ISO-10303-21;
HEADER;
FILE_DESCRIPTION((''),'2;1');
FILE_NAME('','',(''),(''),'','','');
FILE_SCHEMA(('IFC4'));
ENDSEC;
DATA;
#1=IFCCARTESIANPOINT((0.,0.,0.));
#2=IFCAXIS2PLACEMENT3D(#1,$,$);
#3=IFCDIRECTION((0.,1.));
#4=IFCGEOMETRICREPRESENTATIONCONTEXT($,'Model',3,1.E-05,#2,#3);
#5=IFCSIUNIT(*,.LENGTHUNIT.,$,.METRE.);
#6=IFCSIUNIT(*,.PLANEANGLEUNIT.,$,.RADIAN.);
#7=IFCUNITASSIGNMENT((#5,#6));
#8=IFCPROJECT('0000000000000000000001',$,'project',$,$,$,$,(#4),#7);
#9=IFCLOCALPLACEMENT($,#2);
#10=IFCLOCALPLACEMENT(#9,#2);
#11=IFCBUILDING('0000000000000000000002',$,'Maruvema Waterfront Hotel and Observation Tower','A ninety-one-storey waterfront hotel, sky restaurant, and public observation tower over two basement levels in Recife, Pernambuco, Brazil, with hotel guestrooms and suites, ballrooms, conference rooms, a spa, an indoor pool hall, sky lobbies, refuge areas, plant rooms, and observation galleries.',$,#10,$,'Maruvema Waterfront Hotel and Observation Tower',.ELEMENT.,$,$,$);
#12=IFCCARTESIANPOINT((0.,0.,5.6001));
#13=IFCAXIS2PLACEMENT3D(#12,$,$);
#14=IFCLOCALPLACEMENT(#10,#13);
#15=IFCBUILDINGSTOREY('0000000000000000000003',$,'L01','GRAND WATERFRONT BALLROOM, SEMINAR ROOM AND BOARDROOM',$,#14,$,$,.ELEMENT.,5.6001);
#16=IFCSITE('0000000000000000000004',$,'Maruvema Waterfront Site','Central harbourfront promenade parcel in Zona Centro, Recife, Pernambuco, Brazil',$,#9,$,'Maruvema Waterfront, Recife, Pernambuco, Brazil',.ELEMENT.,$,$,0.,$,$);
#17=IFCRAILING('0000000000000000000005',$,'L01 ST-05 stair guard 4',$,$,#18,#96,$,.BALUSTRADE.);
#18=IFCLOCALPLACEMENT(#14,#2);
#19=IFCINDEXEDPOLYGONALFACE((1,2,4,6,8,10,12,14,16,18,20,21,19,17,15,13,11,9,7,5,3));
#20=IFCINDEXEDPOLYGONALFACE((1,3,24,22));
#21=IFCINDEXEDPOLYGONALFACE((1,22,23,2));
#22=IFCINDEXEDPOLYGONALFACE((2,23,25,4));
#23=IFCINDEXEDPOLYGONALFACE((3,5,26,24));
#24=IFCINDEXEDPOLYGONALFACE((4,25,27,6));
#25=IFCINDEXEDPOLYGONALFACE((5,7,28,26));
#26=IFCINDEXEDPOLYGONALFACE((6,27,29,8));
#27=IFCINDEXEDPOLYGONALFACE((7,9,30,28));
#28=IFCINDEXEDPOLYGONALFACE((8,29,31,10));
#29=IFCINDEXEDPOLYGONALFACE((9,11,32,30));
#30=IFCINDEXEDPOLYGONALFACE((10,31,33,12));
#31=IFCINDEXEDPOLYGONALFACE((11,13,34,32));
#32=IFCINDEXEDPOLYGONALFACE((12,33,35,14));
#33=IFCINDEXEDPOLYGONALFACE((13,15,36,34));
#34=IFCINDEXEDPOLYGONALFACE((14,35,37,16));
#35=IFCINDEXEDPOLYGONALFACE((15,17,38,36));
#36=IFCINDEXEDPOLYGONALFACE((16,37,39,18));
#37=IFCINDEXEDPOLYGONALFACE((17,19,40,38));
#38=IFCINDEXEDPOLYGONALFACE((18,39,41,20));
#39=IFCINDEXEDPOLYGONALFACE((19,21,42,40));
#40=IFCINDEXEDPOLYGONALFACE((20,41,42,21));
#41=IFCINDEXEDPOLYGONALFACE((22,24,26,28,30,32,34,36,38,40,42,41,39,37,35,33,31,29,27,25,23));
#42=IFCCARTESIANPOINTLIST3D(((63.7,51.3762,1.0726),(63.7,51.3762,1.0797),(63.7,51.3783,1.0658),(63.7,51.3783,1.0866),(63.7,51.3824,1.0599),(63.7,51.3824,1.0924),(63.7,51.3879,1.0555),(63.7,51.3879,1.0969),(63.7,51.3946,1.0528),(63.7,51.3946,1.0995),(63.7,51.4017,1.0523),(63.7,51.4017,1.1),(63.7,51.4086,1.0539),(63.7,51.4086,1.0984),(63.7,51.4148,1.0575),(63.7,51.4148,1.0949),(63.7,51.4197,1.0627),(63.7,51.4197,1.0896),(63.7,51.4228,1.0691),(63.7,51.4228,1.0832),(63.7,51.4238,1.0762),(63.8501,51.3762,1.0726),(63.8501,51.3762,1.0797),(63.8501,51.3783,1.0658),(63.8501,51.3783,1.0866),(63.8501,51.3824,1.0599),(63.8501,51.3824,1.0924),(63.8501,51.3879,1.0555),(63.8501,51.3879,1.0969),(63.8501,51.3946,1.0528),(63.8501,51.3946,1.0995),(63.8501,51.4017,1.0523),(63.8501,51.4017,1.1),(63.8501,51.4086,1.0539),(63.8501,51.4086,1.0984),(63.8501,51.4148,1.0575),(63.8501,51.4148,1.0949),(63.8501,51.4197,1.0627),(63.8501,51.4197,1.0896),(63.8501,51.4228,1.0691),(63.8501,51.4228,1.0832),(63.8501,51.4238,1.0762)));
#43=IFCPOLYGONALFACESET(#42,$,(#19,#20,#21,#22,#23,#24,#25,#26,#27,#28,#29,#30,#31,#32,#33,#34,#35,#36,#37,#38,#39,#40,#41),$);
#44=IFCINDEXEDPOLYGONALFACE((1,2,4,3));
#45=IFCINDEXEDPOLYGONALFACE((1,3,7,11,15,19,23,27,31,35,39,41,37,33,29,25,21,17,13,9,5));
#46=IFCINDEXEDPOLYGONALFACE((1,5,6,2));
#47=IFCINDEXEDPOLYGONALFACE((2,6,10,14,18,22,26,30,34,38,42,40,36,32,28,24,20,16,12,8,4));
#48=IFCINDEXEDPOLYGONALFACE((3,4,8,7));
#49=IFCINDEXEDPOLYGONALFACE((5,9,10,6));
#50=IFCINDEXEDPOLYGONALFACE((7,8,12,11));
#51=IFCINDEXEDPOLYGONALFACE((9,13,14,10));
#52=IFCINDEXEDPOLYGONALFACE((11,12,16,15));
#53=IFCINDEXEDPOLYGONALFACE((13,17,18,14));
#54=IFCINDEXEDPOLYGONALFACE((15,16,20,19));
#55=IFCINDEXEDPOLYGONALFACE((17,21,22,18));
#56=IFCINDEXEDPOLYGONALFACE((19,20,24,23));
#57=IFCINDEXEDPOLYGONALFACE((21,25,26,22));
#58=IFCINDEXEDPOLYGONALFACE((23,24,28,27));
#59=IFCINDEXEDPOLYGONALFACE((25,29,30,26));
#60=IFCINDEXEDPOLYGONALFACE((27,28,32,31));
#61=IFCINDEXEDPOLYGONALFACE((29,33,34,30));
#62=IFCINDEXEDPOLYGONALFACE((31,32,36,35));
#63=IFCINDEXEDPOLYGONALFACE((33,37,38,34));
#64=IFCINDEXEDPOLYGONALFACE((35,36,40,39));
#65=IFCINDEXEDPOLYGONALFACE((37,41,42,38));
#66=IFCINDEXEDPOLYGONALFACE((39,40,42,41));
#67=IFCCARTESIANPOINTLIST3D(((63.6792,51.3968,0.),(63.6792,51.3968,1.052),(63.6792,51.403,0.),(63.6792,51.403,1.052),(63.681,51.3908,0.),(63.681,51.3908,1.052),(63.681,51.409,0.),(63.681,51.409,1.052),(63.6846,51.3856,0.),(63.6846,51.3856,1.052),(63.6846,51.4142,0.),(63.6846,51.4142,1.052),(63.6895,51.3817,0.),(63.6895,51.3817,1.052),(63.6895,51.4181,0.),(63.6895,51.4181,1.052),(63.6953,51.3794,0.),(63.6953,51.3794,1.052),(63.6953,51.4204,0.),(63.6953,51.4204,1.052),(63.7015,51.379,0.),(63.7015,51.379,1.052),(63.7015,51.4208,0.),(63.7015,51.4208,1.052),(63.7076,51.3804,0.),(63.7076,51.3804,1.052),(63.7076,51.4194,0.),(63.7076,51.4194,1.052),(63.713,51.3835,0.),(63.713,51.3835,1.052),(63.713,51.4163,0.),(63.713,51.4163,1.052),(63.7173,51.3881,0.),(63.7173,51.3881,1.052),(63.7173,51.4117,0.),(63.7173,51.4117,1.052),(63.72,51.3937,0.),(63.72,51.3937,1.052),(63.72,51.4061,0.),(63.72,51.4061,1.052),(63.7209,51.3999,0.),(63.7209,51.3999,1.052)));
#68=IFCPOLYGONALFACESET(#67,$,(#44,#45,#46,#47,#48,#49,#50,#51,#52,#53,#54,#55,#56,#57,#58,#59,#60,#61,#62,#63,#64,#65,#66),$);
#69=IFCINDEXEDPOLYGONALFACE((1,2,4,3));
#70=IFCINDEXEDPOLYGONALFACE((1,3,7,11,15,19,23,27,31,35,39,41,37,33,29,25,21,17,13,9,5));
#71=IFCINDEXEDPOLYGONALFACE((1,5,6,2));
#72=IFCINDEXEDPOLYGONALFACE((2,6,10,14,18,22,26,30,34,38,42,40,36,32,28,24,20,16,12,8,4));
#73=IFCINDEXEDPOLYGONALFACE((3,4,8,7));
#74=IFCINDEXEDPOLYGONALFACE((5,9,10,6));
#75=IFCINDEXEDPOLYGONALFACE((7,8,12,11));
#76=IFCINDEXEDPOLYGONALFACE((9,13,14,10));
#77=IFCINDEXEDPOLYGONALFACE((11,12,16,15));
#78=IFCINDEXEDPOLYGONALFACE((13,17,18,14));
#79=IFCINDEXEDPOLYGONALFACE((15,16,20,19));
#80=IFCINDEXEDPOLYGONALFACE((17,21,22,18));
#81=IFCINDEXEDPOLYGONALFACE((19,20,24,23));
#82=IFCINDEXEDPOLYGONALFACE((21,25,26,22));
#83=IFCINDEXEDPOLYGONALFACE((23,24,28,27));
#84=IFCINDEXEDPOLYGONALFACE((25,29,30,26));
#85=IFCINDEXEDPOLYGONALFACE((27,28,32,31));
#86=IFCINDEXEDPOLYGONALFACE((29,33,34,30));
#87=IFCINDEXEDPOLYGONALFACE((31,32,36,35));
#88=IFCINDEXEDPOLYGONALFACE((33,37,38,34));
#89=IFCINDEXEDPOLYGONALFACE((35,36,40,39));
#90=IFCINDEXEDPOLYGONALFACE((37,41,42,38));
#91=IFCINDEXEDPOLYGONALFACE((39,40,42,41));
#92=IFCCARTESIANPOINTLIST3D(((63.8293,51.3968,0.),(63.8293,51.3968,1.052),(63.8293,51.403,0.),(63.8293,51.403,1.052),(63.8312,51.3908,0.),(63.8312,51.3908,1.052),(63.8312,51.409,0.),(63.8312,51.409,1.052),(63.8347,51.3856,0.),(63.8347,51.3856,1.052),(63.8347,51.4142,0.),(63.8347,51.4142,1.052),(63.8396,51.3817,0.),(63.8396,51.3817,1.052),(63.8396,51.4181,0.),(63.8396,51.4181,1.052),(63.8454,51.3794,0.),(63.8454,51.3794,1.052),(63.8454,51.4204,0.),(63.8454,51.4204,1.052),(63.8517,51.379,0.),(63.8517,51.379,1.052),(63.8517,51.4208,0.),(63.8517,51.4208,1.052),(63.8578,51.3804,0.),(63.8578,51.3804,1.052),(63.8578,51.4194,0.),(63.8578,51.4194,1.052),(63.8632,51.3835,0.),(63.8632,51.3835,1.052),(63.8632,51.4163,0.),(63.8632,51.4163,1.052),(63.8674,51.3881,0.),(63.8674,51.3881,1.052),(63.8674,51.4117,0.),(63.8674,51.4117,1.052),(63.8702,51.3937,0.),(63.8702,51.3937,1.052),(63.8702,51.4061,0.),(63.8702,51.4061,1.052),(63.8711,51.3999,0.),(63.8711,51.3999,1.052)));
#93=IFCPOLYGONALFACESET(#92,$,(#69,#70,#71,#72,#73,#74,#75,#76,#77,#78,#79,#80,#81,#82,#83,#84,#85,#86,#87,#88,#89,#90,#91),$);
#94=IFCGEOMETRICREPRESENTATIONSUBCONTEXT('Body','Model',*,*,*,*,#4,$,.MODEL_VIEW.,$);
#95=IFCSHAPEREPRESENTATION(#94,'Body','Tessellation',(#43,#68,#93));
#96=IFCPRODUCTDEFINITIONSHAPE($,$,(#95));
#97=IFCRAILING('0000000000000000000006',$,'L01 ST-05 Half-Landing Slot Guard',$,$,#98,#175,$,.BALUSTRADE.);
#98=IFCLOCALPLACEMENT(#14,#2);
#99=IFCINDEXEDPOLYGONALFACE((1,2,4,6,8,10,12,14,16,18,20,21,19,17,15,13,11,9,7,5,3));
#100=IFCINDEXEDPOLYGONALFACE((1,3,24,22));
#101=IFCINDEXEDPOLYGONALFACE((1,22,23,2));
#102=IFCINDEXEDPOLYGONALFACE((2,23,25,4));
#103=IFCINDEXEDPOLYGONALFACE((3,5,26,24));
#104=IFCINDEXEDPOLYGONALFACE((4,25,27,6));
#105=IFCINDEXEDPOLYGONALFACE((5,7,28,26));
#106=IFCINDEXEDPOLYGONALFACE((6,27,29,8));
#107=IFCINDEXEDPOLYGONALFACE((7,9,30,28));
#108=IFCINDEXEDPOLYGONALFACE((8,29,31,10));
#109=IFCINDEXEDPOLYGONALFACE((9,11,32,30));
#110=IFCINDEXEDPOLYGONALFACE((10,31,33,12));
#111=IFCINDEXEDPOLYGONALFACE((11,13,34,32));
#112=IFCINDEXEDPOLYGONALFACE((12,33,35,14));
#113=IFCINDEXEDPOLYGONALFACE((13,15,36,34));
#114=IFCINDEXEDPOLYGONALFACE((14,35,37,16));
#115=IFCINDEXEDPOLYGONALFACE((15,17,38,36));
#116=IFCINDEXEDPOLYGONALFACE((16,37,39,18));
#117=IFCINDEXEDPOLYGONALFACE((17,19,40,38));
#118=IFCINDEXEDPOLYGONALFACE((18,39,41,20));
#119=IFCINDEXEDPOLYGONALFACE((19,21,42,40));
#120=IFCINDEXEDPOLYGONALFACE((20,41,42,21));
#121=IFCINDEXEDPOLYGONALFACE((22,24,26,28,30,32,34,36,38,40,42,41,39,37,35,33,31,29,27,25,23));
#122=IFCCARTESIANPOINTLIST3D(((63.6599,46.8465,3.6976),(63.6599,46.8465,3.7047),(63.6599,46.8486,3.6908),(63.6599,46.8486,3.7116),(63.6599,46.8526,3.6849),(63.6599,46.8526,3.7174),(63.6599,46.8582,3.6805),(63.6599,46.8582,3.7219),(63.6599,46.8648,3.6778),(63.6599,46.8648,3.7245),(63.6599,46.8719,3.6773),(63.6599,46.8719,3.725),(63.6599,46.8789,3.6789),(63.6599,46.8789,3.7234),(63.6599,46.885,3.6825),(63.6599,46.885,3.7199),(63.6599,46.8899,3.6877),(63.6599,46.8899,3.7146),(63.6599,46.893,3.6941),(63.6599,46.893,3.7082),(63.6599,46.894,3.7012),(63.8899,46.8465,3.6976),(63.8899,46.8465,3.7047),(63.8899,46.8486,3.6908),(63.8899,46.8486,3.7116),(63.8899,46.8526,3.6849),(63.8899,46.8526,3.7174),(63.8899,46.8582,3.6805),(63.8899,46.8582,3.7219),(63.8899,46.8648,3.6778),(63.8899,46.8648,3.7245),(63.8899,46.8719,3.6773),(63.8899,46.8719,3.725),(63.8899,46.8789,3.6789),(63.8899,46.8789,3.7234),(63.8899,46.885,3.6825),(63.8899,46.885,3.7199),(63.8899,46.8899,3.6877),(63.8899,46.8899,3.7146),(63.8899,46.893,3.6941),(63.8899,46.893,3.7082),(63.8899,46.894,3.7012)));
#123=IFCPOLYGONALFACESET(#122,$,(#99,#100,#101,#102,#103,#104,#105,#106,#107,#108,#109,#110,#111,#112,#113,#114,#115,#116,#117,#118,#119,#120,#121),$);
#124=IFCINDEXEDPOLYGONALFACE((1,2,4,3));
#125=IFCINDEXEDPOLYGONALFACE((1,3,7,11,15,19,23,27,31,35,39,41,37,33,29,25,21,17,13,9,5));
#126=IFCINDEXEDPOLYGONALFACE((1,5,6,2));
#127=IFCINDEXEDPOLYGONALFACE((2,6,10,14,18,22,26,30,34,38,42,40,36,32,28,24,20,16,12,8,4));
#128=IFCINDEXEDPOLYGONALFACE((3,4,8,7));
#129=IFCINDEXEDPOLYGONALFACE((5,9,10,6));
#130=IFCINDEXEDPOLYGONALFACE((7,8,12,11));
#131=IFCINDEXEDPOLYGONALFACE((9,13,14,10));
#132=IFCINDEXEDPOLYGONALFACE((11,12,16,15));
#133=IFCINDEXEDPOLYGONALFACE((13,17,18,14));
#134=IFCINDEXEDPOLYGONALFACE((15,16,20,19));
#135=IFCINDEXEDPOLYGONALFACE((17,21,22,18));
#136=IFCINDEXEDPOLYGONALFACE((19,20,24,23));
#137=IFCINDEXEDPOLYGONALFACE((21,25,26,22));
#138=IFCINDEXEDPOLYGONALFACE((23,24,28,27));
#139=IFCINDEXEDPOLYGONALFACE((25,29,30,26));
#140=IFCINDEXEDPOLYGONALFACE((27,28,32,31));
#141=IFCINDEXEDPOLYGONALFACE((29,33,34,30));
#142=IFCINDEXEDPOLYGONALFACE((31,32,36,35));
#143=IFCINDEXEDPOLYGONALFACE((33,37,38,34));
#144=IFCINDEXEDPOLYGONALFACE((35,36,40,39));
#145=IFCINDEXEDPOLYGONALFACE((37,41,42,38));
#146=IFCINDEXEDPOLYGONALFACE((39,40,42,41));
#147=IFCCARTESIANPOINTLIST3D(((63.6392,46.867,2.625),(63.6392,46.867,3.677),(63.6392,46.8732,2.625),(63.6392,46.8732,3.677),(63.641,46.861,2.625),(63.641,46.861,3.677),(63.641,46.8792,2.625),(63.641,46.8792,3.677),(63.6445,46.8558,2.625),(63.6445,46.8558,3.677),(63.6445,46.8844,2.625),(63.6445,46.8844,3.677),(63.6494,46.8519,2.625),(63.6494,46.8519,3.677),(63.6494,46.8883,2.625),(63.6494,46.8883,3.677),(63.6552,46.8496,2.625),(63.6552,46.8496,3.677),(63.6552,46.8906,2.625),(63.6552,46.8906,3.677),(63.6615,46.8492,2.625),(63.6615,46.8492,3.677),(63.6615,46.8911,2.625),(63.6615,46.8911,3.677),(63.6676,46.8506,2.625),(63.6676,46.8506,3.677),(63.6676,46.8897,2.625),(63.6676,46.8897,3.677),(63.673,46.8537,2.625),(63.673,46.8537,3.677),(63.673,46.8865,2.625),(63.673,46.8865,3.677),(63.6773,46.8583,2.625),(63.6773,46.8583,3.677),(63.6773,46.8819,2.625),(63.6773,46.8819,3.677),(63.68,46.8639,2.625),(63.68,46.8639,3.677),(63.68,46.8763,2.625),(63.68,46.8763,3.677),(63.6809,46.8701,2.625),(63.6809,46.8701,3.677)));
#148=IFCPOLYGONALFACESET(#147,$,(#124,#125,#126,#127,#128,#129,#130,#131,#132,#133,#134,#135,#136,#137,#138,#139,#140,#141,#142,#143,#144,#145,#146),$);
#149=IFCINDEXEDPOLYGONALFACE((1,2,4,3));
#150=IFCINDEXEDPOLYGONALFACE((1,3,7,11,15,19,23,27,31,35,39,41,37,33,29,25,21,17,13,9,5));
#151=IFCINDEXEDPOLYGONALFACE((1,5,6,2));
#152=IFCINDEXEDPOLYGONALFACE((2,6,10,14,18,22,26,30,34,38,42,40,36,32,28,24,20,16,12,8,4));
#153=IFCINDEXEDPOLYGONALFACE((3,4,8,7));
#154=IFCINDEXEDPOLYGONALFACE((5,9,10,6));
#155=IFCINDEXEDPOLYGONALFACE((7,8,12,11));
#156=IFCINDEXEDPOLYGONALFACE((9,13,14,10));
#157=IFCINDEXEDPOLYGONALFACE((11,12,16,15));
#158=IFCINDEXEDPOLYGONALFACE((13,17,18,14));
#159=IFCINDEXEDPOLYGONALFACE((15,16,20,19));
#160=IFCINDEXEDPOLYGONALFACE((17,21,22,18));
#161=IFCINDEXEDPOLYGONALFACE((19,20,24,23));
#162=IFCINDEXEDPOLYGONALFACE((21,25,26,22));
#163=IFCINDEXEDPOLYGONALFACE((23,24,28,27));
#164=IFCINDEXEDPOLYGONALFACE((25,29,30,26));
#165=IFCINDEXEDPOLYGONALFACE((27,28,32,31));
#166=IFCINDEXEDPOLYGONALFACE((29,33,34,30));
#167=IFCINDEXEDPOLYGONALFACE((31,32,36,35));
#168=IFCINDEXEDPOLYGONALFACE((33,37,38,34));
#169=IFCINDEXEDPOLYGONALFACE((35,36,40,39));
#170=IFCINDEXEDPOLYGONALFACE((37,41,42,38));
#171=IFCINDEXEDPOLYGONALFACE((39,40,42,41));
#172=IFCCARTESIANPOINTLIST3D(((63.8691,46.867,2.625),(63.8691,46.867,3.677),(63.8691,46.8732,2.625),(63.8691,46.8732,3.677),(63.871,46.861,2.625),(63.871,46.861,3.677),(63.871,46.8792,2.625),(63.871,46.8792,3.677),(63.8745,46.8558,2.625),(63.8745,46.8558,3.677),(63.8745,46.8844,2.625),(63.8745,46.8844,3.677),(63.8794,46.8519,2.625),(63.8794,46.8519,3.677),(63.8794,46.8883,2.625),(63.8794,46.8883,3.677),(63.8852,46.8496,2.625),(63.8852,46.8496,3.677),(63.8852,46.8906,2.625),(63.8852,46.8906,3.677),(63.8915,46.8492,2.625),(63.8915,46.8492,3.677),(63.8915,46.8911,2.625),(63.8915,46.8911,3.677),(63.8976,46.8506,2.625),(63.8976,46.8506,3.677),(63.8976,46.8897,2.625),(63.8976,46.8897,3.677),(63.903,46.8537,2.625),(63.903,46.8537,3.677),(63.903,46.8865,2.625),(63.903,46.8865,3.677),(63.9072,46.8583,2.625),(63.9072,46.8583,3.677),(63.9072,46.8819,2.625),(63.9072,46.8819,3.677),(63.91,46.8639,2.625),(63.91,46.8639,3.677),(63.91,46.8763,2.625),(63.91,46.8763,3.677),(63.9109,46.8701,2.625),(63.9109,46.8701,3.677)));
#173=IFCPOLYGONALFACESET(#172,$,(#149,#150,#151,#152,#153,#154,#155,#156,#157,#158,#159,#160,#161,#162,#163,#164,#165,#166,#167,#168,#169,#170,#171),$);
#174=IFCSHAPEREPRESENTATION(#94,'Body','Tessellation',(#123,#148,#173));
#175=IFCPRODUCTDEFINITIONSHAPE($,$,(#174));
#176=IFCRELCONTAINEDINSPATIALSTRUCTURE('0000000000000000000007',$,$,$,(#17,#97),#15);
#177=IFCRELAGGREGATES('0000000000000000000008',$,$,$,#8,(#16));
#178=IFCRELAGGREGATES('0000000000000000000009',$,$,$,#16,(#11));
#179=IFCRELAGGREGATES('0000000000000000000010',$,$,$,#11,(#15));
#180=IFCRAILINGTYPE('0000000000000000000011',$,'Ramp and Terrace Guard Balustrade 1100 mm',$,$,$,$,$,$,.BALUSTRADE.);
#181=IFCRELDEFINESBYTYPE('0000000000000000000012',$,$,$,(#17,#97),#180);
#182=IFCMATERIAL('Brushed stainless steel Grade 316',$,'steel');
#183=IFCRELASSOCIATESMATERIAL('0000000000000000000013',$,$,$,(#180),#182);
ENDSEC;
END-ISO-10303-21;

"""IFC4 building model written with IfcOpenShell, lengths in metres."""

from ifc_helpers import new_model, si_unit, direction, frame, origin, origin_2d, place, context, subcontext, project, spatial, circle, extrude, material, type_object, element, save


model = new_model("IFC4")

# Units and contexts
model_context = context("Model", 3, precision=1e-05, world=origin(), true_north=direction((0.0, 1.0)))
body_context = subcontext(model_context, "Body", "Model", "MODEL_VIEW")
ifc_project = project(units=[si_unit("LENGTHUNIT", "METRE"), si_unit("PLANEANGLEUNIT", "RADIAN")], contexts=[model_context])

# Site, building, storey
site_placement = place(None, origin())
site = spatial("IfcSite", under=ifc_project, at=site_placement, Name="Maruvema Waterfront Site", Description="Central harbourfront promenade parcel in Zona Centro, Recife, Pernambuco, Brazil", LongName="Maruvema Waterfront, Recife, Pernambuco, Brazil", CompositionType="ELEMENT", RefElevation=0.0)
building_placement = place(site_placement, origin())
building = spatial("IfcBuilding", under=site, at=building_placement, Name="Maruvema Waterfront Hotel and Observation Tower", Description="A ninety-one-storey waterfront hotel, sky restaurant, and public observation tower over two basement levels in Recife, Pernambuco, Brazil, with hotel guestrooms and suites, ballrooms, conference rooms, a spa, an indoor pool hall, sky lobbies, refuge areas, plant rooms, and observation galleries.", LongName="Maruvema Waterfront Hotel and Observation Tower", CompositionType="ELEMENT")
storey_placement = place(building_placement, frame((0.0, 0.0, 5.6001)))
storey = spatial("IfcBuildingStorey", under=building, at=storey_placement, Name="L01", Description="GRAND WATERFRONT BALLROOM, SEMINAR ROOM AND BOARDROOM", CompositionType="ELEMENT", Elevation=5.6001)

# Railings
ifc_material_1 = material(Name="Brushed stainless steel Grade 316", Category="steel")
railing_type_1 = type_object("IfcRailingType", Name="Ramp and Terrace Guard Balustrade 1100 mm", PredefinedType="BALUSTRADE", material=ifc_material_1)
railing_1_placement = place(storey_placement, frame((63.7, 51.3999, 0.0)))
element("IfcRailing", 1, at=railing_1_placement, inside=storey, type_object=railing_type_1, Name="L01 ST-05 stair guard 4", PredefinedType="BALUSTRADE", context=body_context, shape_type="SweptSolid", body=[
    extrude(circle(Radius=0.0239, at=origin_2d()), frame((0.0, 0.0, 1.0762), z_axis=(1.0, 0.0, 0.0), x_axis=(0.0, 1.0, 0.0)), (0.0, 0.0, 1.0), 0.1501),
    extrude(circle(Radius=0.021, at=origin_2d()), origin(), (0.0, 0.0, 1.0), 1.052),
    extrude(circle(Radius=0.021, at=origin_2d()), frame((0.1501, 0.0, 0.0)), (0.0, 0.0, 1.0), 1.052),
])
railing_2_placement = place(storey_placement, frame((63.6599, 46.8701, 2.625)))
element("IfcRailing", 2, at=railing_2_placement, inside=storey, type_object=railing_type_1, Name="L01 ST-05 Half-Landing Slot Guard", PredefinedType="BALUSTRADE", context=body_context, shape_type="SweptSolid", body=[
    extrude(circle(Radius=0.0239, at=origin_2d()), frame((0.0, 0.0, 1.0762), z_axis=(1.0, 0.0, 0.0), x_axis=(0.0, 1.0, 0.0)), (0.0, 0.0, 1.0), 0.23),
    extrude(circle(Radius=0.021, at=origin_2d()), origin(), (0.0, 0.0, 1.0), 1.052),
    extrude(circle(Radius=0.021, at=origin_2d()), frame((0.23, 0.0, 0.0)), (0.0, 0.0, 1.0), 1.052),
])

save(model, "model.ifc")
